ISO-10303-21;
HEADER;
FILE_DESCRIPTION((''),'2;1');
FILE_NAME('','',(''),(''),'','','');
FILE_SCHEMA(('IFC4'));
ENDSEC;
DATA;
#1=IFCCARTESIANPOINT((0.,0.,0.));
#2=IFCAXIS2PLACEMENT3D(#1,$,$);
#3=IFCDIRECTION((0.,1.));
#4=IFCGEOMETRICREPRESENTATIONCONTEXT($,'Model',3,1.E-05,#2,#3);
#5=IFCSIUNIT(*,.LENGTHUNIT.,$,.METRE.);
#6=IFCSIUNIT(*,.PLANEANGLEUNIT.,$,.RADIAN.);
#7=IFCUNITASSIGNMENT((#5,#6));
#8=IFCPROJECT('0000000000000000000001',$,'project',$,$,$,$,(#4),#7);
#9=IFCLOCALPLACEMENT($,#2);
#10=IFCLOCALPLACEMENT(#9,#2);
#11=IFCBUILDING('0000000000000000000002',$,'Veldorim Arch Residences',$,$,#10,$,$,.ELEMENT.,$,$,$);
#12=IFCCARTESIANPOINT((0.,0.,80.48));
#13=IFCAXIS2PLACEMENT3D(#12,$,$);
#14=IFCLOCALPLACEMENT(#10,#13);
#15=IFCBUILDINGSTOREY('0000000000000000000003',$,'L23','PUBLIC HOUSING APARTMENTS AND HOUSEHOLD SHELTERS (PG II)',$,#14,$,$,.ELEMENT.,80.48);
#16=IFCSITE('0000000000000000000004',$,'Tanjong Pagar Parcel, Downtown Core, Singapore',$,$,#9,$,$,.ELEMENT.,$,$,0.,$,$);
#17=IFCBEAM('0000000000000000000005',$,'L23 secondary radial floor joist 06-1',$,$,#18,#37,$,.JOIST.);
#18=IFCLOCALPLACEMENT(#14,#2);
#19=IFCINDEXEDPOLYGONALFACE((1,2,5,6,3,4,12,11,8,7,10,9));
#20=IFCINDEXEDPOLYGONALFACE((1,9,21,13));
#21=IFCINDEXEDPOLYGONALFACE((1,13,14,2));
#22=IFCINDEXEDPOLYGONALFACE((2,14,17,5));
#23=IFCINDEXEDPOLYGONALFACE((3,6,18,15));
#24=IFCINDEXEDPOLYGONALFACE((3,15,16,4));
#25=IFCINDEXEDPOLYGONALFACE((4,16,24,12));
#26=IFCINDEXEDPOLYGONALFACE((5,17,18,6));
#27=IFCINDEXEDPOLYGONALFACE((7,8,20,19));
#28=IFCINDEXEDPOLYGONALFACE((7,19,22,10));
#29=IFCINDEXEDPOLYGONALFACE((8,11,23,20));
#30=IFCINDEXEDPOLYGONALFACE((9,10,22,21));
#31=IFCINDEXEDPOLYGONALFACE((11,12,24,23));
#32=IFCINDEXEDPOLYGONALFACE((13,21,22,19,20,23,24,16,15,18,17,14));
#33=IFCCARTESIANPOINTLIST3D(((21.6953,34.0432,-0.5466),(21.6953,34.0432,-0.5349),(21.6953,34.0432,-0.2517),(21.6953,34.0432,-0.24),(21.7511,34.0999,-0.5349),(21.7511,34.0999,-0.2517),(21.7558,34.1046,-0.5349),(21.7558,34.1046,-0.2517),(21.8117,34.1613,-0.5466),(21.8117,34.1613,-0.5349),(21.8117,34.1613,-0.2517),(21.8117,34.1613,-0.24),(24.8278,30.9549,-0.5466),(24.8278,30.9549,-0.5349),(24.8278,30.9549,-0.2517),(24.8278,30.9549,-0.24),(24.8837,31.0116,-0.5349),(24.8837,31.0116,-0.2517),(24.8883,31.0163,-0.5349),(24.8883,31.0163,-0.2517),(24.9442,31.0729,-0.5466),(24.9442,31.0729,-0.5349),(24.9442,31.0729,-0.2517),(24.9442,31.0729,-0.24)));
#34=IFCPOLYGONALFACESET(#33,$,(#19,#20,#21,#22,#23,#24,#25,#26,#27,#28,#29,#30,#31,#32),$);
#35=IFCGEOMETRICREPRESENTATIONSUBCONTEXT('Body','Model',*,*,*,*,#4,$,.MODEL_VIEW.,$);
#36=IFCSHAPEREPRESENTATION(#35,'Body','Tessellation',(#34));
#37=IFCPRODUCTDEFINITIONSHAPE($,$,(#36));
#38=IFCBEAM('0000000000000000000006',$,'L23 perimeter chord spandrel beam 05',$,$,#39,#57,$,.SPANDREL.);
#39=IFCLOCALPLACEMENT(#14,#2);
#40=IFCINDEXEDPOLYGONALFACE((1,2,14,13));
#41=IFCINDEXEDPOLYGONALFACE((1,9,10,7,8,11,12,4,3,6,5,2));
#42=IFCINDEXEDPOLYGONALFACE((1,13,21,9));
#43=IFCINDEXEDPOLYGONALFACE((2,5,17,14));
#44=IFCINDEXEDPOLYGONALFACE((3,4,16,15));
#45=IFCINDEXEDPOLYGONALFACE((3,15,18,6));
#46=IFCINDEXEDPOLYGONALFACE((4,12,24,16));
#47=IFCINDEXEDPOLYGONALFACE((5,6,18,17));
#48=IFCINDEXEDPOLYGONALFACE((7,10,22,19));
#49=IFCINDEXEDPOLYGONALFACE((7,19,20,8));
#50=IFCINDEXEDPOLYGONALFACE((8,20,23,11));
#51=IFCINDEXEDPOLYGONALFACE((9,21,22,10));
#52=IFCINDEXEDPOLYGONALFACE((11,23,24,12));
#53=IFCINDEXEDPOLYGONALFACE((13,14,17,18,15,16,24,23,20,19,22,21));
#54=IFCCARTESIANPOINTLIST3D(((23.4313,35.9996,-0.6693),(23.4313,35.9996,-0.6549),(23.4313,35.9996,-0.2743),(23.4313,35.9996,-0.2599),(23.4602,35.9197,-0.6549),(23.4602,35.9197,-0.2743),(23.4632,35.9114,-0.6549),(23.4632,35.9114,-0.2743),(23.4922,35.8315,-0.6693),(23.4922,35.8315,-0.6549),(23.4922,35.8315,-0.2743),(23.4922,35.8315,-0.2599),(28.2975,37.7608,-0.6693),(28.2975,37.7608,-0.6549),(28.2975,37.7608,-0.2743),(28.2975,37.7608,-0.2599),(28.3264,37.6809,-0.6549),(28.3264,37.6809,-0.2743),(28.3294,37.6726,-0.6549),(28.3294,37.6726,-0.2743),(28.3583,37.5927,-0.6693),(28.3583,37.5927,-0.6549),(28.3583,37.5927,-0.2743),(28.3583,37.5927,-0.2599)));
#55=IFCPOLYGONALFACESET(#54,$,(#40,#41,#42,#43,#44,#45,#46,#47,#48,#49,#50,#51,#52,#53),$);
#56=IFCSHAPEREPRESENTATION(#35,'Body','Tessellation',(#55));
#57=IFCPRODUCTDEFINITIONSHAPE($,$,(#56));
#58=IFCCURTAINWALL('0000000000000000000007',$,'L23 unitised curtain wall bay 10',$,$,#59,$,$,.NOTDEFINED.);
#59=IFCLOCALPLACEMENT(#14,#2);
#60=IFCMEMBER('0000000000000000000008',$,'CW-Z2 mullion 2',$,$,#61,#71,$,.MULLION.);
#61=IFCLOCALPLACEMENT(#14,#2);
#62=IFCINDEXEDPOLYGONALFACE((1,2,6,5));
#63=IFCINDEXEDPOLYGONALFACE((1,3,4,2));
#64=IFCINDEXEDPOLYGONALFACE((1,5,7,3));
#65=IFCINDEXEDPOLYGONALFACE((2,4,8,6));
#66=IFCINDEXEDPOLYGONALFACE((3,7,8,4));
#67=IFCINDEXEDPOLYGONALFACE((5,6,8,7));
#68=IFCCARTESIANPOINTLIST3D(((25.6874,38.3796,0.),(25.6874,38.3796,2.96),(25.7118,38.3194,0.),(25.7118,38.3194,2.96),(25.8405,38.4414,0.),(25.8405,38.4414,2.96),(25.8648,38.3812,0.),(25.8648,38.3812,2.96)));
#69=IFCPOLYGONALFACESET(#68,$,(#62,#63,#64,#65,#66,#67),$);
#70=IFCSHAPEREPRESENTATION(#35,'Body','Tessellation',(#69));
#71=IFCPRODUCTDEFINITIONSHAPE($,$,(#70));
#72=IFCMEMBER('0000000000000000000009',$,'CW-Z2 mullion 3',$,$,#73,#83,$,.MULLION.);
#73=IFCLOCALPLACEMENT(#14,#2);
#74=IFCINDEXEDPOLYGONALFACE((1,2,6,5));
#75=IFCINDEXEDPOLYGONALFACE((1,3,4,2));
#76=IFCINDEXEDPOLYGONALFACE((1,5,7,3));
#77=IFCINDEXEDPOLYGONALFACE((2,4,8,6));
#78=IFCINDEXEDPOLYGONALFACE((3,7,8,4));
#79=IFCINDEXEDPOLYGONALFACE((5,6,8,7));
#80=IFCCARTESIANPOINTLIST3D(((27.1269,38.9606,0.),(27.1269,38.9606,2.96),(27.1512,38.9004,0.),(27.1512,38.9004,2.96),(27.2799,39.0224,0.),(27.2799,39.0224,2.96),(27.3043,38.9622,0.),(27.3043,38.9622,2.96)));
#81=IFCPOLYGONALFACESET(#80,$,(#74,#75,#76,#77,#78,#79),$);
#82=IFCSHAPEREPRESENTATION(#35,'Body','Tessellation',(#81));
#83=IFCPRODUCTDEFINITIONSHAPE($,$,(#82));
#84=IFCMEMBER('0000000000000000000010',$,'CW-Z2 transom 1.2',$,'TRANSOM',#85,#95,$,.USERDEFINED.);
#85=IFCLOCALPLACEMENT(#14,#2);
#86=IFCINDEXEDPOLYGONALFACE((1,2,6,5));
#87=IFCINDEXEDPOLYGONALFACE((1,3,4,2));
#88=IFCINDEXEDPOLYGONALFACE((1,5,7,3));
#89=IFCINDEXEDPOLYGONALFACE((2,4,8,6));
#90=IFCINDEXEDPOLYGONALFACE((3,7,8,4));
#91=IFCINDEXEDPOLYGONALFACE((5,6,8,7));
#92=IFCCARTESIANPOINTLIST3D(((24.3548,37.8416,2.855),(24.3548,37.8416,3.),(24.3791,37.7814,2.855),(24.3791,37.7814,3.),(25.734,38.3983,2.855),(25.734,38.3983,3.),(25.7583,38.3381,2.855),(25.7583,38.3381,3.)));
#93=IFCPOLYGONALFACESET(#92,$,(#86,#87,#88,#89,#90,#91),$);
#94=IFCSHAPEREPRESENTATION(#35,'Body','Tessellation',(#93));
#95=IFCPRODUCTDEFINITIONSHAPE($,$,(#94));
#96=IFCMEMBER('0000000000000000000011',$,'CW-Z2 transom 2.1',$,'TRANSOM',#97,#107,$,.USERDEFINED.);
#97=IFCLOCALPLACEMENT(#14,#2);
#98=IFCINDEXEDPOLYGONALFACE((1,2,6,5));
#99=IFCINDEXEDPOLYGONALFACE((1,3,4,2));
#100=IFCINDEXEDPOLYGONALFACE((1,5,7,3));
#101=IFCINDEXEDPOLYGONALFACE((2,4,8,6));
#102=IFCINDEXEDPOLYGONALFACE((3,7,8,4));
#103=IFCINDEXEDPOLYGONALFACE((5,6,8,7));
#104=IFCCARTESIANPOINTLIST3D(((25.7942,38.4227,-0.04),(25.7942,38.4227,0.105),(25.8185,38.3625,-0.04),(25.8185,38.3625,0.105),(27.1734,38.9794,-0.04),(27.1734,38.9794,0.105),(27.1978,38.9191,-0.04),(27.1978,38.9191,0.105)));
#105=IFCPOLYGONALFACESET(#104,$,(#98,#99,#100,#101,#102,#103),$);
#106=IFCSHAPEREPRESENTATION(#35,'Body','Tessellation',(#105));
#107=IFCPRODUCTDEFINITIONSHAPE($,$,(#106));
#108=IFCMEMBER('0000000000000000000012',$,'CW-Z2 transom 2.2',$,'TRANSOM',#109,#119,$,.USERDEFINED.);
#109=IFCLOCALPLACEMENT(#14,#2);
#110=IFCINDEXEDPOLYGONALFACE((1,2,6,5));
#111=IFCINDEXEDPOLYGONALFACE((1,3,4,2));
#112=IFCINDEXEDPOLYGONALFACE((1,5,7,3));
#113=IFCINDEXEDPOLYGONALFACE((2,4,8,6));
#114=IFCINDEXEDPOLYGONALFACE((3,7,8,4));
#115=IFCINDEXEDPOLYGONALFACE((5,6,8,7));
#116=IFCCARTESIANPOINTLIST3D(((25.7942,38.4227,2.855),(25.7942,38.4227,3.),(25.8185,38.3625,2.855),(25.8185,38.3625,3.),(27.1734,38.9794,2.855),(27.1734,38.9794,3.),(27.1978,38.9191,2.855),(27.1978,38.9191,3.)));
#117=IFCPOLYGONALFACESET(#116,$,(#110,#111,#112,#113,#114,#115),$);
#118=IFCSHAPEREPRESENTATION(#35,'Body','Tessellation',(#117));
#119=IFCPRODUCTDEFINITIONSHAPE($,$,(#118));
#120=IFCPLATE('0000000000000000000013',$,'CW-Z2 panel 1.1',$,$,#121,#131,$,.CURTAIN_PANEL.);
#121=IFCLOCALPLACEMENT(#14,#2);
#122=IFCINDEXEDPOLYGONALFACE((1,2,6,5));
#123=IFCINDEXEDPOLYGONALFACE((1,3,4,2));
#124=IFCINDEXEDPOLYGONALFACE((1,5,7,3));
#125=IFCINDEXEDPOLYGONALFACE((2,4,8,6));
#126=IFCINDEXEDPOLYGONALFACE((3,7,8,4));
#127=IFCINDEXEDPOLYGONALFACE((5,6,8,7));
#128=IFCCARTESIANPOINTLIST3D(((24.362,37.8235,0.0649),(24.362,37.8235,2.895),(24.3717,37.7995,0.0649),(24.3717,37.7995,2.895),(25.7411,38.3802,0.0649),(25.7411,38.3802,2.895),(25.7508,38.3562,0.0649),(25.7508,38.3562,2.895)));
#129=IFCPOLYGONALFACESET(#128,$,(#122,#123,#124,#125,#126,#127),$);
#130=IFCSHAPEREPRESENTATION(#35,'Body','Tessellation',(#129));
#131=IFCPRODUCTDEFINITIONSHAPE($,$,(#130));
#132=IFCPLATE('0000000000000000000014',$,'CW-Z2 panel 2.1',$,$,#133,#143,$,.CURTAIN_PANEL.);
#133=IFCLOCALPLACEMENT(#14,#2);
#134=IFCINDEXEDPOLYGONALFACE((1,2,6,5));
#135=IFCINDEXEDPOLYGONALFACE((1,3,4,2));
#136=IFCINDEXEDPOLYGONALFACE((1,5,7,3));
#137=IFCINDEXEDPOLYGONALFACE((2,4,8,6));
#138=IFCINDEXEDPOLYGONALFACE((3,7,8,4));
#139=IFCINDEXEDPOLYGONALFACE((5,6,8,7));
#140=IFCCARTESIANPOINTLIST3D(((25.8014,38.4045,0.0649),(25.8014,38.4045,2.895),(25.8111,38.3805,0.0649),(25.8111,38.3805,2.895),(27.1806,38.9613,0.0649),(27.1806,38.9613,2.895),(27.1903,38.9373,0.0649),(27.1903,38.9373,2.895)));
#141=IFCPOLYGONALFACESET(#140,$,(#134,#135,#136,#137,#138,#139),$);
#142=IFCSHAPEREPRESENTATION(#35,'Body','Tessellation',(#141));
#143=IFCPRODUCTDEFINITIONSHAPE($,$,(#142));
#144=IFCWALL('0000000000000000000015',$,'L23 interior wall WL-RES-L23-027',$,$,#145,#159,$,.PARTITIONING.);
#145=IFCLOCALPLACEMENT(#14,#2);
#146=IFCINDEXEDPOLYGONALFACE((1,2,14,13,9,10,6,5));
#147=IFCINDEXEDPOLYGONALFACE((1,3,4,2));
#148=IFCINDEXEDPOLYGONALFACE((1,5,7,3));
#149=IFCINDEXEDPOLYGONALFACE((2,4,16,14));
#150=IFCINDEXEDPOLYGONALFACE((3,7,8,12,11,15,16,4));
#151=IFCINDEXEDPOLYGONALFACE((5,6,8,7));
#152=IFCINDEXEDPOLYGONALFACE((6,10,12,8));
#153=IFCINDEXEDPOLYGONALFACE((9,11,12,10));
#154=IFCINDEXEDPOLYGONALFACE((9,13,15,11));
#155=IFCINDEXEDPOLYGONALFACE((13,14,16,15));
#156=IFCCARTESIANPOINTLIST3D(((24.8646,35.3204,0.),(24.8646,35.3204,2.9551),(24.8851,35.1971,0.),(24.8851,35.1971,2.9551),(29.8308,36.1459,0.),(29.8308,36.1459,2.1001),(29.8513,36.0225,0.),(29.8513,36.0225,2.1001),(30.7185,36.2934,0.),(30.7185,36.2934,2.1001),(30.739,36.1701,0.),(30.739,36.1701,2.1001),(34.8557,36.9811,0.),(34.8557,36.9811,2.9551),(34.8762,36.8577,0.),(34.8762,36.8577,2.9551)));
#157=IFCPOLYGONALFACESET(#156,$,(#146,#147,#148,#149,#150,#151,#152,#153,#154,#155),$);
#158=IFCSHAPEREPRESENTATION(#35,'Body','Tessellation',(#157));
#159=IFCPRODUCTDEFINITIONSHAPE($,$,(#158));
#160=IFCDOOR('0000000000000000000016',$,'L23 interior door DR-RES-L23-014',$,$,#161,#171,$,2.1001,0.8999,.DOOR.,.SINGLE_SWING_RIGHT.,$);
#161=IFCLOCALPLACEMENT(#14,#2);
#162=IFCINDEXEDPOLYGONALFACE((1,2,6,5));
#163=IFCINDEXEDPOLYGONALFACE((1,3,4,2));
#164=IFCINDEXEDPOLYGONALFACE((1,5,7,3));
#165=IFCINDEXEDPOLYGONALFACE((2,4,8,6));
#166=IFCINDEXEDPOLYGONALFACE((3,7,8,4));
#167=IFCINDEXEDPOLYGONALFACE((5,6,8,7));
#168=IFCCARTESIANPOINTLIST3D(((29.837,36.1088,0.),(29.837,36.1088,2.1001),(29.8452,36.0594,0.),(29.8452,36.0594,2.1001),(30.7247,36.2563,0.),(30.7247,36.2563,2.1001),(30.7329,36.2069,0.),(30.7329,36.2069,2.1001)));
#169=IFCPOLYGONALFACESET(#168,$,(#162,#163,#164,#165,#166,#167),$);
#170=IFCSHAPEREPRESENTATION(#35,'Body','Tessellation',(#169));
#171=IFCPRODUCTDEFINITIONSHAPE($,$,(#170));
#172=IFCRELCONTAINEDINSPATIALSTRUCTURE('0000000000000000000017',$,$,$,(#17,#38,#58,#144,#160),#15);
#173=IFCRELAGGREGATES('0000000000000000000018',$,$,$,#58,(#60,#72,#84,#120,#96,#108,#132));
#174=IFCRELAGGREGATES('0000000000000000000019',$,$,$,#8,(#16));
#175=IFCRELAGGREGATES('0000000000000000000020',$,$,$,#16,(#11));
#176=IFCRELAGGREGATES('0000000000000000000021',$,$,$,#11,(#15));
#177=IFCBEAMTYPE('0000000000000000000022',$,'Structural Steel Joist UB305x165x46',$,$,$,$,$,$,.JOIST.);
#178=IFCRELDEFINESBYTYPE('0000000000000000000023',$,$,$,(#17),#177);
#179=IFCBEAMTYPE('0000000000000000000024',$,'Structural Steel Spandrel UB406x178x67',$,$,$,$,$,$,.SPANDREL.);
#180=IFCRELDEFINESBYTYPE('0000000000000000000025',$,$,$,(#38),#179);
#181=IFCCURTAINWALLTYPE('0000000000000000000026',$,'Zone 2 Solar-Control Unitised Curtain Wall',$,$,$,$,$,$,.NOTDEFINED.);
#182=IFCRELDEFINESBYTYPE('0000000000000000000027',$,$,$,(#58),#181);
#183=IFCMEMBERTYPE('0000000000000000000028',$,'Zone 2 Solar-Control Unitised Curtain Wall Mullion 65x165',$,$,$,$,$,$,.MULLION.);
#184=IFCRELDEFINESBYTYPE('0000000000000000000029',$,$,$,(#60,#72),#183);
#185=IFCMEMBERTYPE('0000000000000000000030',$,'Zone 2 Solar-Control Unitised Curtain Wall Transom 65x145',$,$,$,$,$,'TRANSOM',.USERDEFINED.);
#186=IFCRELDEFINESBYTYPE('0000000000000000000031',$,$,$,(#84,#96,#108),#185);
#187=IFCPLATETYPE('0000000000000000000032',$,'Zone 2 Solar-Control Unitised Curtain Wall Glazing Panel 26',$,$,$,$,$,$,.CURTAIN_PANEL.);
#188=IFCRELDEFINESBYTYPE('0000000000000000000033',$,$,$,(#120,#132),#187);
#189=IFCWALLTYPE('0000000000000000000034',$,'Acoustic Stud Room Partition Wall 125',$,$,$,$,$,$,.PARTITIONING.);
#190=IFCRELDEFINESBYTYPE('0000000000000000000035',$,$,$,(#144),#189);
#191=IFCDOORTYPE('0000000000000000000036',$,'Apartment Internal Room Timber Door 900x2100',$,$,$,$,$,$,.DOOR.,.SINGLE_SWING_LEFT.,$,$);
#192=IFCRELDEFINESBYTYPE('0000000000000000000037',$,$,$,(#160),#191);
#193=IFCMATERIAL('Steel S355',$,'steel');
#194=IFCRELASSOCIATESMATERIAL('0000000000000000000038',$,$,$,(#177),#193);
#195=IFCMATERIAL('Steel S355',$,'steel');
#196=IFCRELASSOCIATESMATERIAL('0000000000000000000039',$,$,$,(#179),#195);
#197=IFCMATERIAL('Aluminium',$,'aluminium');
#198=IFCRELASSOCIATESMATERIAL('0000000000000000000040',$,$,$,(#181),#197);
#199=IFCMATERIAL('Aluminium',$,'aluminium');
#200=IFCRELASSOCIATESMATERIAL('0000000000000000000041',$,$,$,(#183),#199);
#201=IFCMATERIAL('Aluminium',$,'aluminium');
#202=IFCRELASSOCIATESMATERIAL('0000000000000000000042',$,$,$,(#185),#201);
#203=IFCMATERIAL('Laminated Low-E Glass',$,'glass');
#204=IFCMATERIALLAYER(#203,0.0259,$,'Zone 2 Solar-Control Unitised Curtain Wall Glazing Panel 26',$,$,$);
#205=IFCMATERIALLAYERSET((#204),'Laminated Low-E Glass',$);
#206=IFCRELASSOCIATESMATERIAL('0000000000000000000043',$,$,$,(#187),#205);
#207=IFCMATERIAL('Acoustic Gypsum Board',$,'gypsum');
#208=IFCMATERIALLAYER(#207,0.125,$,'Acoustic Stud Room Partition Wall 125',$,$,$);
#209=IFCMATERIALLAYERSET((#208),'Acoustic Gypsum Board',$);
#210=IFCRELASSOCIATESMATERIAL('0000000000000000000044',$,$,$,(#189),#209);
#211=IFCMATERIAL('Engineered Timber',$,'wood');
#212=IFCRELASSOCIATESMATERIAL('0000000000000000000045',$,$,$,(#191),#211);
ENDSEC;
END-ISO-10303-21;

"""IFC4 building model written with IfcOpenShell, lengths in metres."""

from ifc_helpers import new_model, si_unit, direction, frame, frame_2d, origin, origin_2d, place, context, subcontext, project, spatial, rectangle, i_section, extrude, material, layer, layer_set, material_profile, profile_set, type_object, element, fill, aggregate, save


model = new_model("IFC4")

# Units and contexts
model_context = context("Model", 3, precision=1e-05, world=origin(), true_north=direction((0.0, 1.0)))
body_context = subcontext(model_context, "Body", "Model", "MODEL_VIEW")
ifc_project = project(units=[si_unit("LENGTHUNIT", "METRE"), si_unit("PLANEANGLEUNIT", "RADIAN")], contexts=[model_context])

# Site, building, storey
site_placement = place(None, origin())
site = spatial("IfcSite", under=ifc_project, at=site_placement, Name="Tanjong Pagar Parcel, Downtown Core, Singapore", CompositionType="ELEMENT", RefElevation=0.0)
building_placement = place(site_placement, origin())
building = spatial("IfcBuilding", under=site, at=building_placement, Name="Veldorim Arch Residences", CompositionType="ELEMENT")
storey_placement = place(building_placement, frame((0.0, 0.0, 80.48)))
storey = spatial("IfcBuildingStorey", under=building, at=storey_placement, Name="L23", Description="PUBLIC HOUSING APARTMENTS AND HOUSEHOLD SHELTERS (PG II)", CompositionType="ELEMENT", Elevation=80.48)

# Beams
ifc_material_1 = material(Name="Steel S355", Category="steel")
ifc_material_profile_1 = material_profile(ifc_material_1, i_section(OverallWidth=0.1658, OverallDepth=0.3066, WebThickness=0.0066, FlangeThickness=0.0117, at=origin_2d()), Name="UB305x165x46")
ifc_profile_set_1 = profile_set([ifc_material_profile_1], Name="Steel S355")
beam_type_1 = type_object("IfcBeamType", Name="Structural Steel Joist UB305x165x46", PredefinedType="JOIST", material=ifc_profile_set_1)
beam_1_placement = place(storey_placement, frame((24.886, 31.0139, -0.3933), z_axis=(-0.712112, 0.702066, 0.0), x_axis=(-0.702066, -0.712112, 0.0)))
element("IfcBeam", 1, at=beam_1_placement, inside=storey, type_object=beam_type_1, Name="L23 secondary radial floor joist 06-1", PredefinedType="JOIST", context=body_context, shape_type="SweptSolid", body=[
    extrude(i_section(OverallWidth=0.1658, OverallDepth=0.3066, WebThickness=0.0066, FlangeThickness=0.0117, at=origin_2d()), origin(), (0.0, 0.0, 1.0), 4.3989),
])
ifc_material_2 = material(Name="Steel S355", Category="steel")
ifc_material_profile_2 = material_profile(ifc_material_2, i_section(OverallWidth=0.1787, OverallDepth=0.4094, WebThickness=0.0088, FlangeThickness=0.0144, at=origin_2d()), Name="UB406x178x67")
ifc_profile_set_2 = profile_set([ifc_material_profile_2], Name="Steel S355")
beam_type_2 = type_object("IfcBeamType", Name="Structural Steel Spandrel UB406x178x67", PredefinedType="SPANDREL", material=ifc_profile_set_2)
beam_2_placement = place(storey_placement, frame((28.3279, 37.6768, -0.4646), z_axis=(-0.940308, -0.340326, 0.0), x_axis=(0.340326, -0.940308, 0.0)))
element("IfcBeam", 2, at=beam_2_placement, inside=storey, type_object=beam_type_2, Name="L23 perimeter chord spandrel beam 05", PredefinedType="SPANDREL", context=body_context, shape_type="SweptSolid", body=[
    extrude(i_section(OverallWidth=0.1787, OverallDepth=0.4094, WebThickness=0.0088, FlangeThickness=0.0144, at=origin_2d()), origin(), (0.0, 0.0, 1.0), 5.175),
])

# Curtain wall, members, plates
ifc_material_3 = material(Name="Aluminium", Category="aluminium")
curtain_wall_type = type_object("IfcCurtainWallType", Name="Zone 2 Solar-Control Unitised Curtain Wall", PredefinedType="NOTDEFINED", material=ifc_material_3)
curtain_wall_placement = place(storey_placement, origin())
curtain_wall = element("IfcCurtainWall", 3, at=curtain_wall_placement, inside=storey, type_object=curtain_wall_type, Name="L23 unitised curtain wall bay 10", PredefinedType="NOTDEFINED")
ifc_material_4 = material(Name="Aluminium", Category="aluminium")
ifc_material_profile_3 = material_profile(ifc_material_4, rectangle(XDim=0.0649, YDim=0.165, at=origin_2d()), Name="ALU_MUL_65x165")
ifc_profile_set_3 = profile_set([ifc_material_profile_3], Name="Aluminium")
member_type_1 = type_object("IfcMemberType", Name="Zone 2 Solar-Control Unitised Curtain Wall Mullion 65x165", PredefinedType="MULLION", material=ifc_profile_set_3)
member_1_placement = place(storey_placement, frame((25.7761, 38.3804, 0.0), z_axis=(0.0, 0.0, 1.0), x_axis=(-0.374353, 0.927286, 0.0)))
member_1 = element("IfcMember", 4, at=member_1_placement, type_object=member_type_1, Name="CW-Z2 mullion 2", PredefinedType="MULLION", context=body_context, shape_type="SweptSolid", body=[
    extrude(rectangle(XDim=0.0649, YDim=0.165, at=origin_2d()), origin(), (0.0, 0.0, 1.0), 2.96),
])
member_2_placement = place(storey_placement, frame((27.2156, 38.9614, 0.0), z_axis=(0.0, 0.0, 1.0), x_axis=(-0.374353, 0.927286, 0.0)))
member_2 = element("IfcMember", 5, at=member_2_placement, type_object=member_type_1, Name="CW-Z2 mullion 3", PredefinedType="MULLION", context=body_context, shape_type="SweptSolid", body=[
    extrude(rectangle(XDim=0.0649, YDim=0.165, at=origin_2d()), origin(), (0.0, 0.0, 1.0), 2.96),
])
ifc_material_5 = material(Name="Aluminium", Category="aluminium")
ifc_material_profile_4 = material_profile(ifc_material_5, rectangle(XDim=0.0649, YDim=0.145, at=origin_2d()), Name="ALU_TRN_65x145")
ifc_profile_set_4 = profile_set([ifc_material_profile_4], Name="Aluminium")
member_type_2 = type_object("IfcMemberType", Name="Zone 2 Solar-Control Unitised Curtain Wall Transom 65x145", ElementType="TRANSOM", PredefinedType="USERDEFINED", material=ifc_profile_set_4)
member_3_placement = place(storey_placement, frame((24.3669, 37.8115, 2.9275), z_axis=(0.927317, 0.374276, 0.0), x_axis=(-0.374276, 0.927317, 0.0)))
member_3 = element("IfcMember", 6, at=member_3_placement, type_object=member_type_2, Name="CW-Z2 transom 1.2", ObjectType="TRANSOM", PredefinedType="USERDEFINED", context=body_context, shape_type="SweptSolid", body=[
    extrude(rectangle(XDim=0.0649, YDim=0.145, at=origin_2d()), origin(), (0.0, 0.0, 1.0), 1.4873),
])
member_4_placement = place(storey_placement, frame((25.8064, 38.3926, 0.0325), z_axis=(0.927317, 0.374276, 0.0), x_axis=(-0.374276, 0.927317, 0.0)))
member_4 = element("IfcMember", 7, at=member_4_placement, type_object=member_type_2, Name="CW-Z2 transom 2.1", ObjectType="TRANSOM", PredefinedType="USERDEFINED", context=body_context, shape_type="SweptSolid", body=[
    extrude(rectangle(XDim=0.0649, YDim=0.145, at=origin_2d()), origin(), (0.0, 0.0, 1.0), 1.4873),
])
member_5_placement = place(storey_placement, frame((25.8064, 38.3926, 2.9275), z_axis=(0.927317, 0.374276, 0.0), x_axis=(-0.374276, 0.927317, 0.0)))
member_5 = element("IfcMember", 8, at=member_5_placement, type_object=member_type_2, Name="CW-Z2 transom 2.2", ObjectType="TRANSOM", PredefinedType="USERDEFINED", context=body_context, shape_type="SweptSolid", body=[
    extrude(rectangle(XDim=0.0649, YDim=0.145, at=origin_2d()), origin(), (0.0, 0.0, 1.0), 1.4873),
])
ifc_material_6 = material(Name="Laminated Low-E Glass", Category="glass")
ifc_layer_1 = layer(ifc_material_6, 0.0259, Name="Zone 2 Solar-Control Unitised Curtain Wall Glazing Panel 26")
ifc_layer_set_1 = layer_set([ifc_layer_1], Name="Laminated Low-E Glass")
plate_type = type_object("IfcPlateType", Name="Zone 2 Solar-Control Unitised Curtain Wall Glazing Panel 26", PredefinedType="CURTAIN_PANEL", material=ifc_layer_set_1)
plate_1_placement = place(storey_placement, frame((25.0564, 38.0898, 0.0649), z_axis=(0.0, 0.0, 1.0), x_axis=(0.927286, 0.374353, 0.0)))
plate_1 = element("IfcPlate", 9, at=plate_1_placement, type_object=plate_type, Name="CW-Z2 panel 1.1", PredefinedType="CURTAIN_PANEL", context=body_context, shape_type="SweptSolid", body=[
    extrude(rectangle(XDim=1.4873, YDim=0.0259, at=origin_2d()), origin(), (0.0, 0.0, 1.0), 2.8301),
])
plate_2_placement = place(storey_placement, frame((26.4958, 38.6709, 0.0649), z_axis=(0.0, 0.0, 1.0), x_axis=(0.927286, 0.374353, 0.0)))
plate_2 = element("IfcPlate", 10, at=plate_2_placement, type_object=plate_type, Name="CW-Z2 panel 2.1", PredefinedType="CURTAIN_PANEL", context=body_context, shape_type="SweptSolid", body=[
    extrude(rectangle(XDim=1.4873, YDim=0.0259, at=origin_2d()), origin(), (0.0, 0.0, 1.0), 2.8301),
])
aggregate(curtain_wall, [member_1, member_2, member_3, plate_1, member_4, member_5, plate_2])

# Wall, opening, door
ifc_material_7 = material(Name="Acoustic Gypsum Board", Category="gypsum")
ifc_layer_2 = layer(ifc_material_7, 0.125, Name="Acoustic Stud Room Partition Wall 125")
ifc_layer_set_2 = layer_set([ifc_layer_2], Name="Acoustic Gypsum Board")
wall_type_1 = type_object("IfcWallType", Name="Acoustic Stud Room Partition Wall 125", PredefinedType="PARTITIONING", material=ifc_layer_set_2)
wall_1_placement = place(storey_placement, frame((24.875, 35.2588, 0.0), z_axis=(0.0, 0.0, 1.0), x_axis=(0.986467, 0.163961, 0.0)))
wall_1 = element("IfcWall", 11, at=wall_1_placement, inside=storey, type_object=wall_type_1, Name="L23 interior wall WL-RES-L23-027", PredefinedType="PARTITIONING", context=body_context, shape_type="SweptSolid", body=[
    extrude(rectangle(XDim=10.1282, YDim=0.125, at=frame_2d((5.064, 0.0))), origin(), (0.0, 0.0, 1.0), 2.9551),
])
opening_1_placement = place(wall_1_placement, frame((5.0342, 0.0, 0.0)))
opening_1 = element("IfcOpeningElement", 12, at=opening_1_placement, cuts=wall_1, PredefinedType="OPENING", context=body_context, shape_type="SweptSolid", body=[
    extrude(rectangle(XDim=0.8999, YDim=2.1001, at=frame_2d((0.45, 1.05))), frame((0.0, 0.0725, 0.0), z_axis=(0.0, -1.0, 0.0), x_axis=(1.0, 0.0, 0.0)), (0.0, 0.0, 1.0), 0.145),
])
ifc_material_8 = material(Name="Engineered Timber", Category="wood")
door_type_1 = type_object("IfcDoorType", Name="Apartment Internal Room Timber Door 900x2100", OperationType="SINGLE_SWING_LEFT", PredefinedType="DOOR", material=ifc_material_8)
door_1_placement = place(opening_1_placement, origin())
door_1 = element("IfcDoor", 13, at=door_1_placement, inside=storey, type_object=door_type_1, Name="L23 interior door DR-RES-L23-014", OperationType="SINGLE_SWING_RIGHT", OverallHeight=2.1001, OverallWidth=0.8999, PredefinedType="DOOR", context=body_context, shape_type="SweptSolid", body=[
    extrude(rectangle(XDim=0.8999, YDim=2.1001, at=frame_2d((0.45, 1.05))), frame((0.0, 0.0249, 0.0), z_axis=(0.0, -1.0, 0.0), x_axis=(1.0, 0.0, 0.0)), (0.0, 0.0, 1.0), 0.05),
])
fill(opening_1, door_1)

save(model, "model.ifc")
